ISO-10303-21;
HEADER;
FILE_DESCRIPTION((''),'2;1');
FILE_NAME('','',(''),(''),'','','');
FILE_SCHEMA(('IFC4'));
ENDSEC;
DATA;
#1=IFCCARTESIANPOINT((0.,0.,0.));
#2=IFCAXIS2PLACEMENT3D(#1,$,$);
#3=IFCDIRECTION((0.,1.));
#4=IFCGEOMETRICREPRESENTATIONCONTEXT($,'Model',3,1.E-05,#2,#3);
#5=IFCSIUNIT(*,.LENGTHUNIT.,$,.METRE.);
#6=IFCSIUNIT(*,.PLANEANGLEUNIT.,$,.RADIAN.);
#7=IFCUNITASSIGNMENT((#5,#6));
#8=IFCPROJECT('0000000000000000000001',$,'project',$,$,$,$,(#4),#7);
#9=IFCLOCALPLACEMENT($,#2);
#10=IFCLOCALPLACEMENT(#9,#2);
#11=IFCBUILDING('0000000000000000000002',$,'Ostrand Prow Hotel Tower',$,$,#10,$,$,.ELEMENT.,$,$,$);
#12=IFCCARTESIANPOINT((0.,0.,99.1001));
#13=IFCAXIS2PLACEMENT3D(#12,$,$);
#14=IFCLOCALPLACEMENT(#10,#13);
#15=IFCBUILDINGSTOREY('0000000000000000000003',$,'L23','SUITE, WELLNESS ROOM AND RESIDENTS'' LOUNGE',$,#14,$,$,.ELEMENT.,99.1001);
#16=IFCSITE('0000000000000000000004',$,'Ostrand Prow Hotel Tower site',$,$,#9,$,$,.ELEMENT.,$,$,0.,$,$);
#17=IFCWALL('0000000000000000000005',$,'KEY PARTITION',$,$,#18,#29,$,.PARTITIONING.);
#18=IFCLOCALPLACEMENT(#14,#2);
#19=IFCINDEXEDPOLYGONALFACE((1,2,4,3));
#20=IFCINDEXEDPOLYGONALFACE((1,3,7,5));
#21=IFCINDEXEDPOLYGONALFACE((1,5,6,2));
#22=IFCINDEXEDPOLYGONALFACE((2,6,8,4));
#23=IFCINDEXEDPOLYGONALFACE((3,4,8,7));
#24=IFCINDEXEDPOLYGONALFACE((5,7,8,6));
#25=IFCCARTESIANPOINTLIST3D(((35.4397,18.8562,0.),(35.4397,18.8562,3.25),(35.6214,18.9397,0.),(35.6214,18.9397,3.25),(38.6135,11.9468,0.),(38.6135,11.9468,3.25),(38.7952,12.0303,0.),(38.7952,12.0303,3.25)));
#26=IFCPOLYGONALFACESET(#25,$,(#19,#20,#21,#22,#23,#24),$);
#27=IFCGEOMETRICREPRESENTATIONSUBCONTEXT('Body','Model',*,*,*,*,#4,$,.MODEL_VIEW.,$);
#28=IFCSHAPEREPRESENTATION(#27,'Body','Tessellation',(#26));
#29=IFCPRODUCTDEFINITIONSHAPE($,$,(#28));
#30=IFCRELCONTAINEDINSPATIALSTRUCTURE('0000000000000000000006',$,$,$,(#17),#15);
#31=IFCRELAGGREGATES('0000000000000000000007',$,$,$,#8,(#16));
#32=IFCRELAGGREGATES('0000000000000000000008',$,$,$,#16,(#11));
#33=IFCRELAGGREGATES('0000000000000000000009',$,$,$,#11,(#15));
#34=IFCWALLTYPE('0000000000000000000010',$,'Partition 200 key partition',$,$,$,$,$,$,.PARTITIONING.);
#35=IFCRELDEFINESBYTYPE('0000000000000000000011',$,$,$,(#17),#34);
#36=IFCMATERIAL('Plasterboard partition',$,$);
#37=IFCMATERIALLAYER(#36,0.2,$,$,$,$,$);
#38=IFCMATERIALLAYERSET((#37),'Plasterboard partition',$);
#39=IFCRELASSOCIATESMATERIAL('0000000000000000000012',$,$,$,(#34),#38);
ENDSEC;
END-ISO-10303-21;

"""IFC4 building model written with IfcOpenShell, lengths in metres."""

from ifc_helpers import new_model, si_unit, direction, frame, frame_2d, origin, place, context, subcontext, project, spatial, rectangle, extrude, material, layer, layer_set, type_object, element, save


model = new_model("IFC4")

# Units and contexts
model_context = context("Model", 3, precision=1e-05, world=origin(), true_north=direction((0.0, 1.0)))
body_context = subcontext(model_context, "Body", "Model", "MODEL_VIEW")
ifc_project = project(units=[si_unit("LENGTHUNIT", "METRE"), si_unit("PLANEANGLEUNIT", "RADIAN")], contexts=[model_context])

# Site, building, storey
site_placement = place(None, origin())
site = spatial("IfcSite", under=ifc_project, at=site_placement, Name="Ostrand Prow Hotel Tower site", CompositionType="ELEMENT", RefElevation=0.0)
building_placement = place(site_placement, origin())
building = spatial("IfcBuilding", under=site, at=building_placement, Name="Ostrand Prow Hotel Tower", CompositionType="ELEMENT")
storey_placement = place(building_placement, frame((0.0, 0.0, 99.1001)))
storey = spatial("IfcBuildingStorey", under=building, at=storey_placement, Name="L23", Description="SUITE, WELLNESS ROOM AND RESIDENTS' LOUNGE", CompositionType="ELEMENT", Elevation=99.1001)

# Wall
ifc_material_1 = material(Name="Plasterboard partition")
ifc_layer_1 = layer(ifc_material_1, 0.2)
ifc_layer_set_1 = layer_set([ifc_layer_1], Name="Plasterboard partition")
wall_type_1 = type_object("IfcWallType", Name="Partition 200 key partition", PredefinedType="PARTITIONING", material=ifc_layer_set_1)
wall_1_placement = place(storey_placement, frame((38.7043, 11.9885, 0.0), z_axis=(0.0, 0.0, 1.0), x_axis=(-0.417416, 0.908715, 0.0)))
element("IfcWall", 1, at=wall_1_placement, inside=storey, type_object=wall_type_1, Name="KEY PARTITION", PredefinedType="PARTITIONING", context=body_context, shape_type="SweptSolid", body=[
    extrude(rectangle(XDim=7.6035, YDim=0.2, at=frame_2d((3.8018, 0.0))), origin(), (0.0, 0.0, 1.0), 3.25),
])

save(model, "model.ifc")
